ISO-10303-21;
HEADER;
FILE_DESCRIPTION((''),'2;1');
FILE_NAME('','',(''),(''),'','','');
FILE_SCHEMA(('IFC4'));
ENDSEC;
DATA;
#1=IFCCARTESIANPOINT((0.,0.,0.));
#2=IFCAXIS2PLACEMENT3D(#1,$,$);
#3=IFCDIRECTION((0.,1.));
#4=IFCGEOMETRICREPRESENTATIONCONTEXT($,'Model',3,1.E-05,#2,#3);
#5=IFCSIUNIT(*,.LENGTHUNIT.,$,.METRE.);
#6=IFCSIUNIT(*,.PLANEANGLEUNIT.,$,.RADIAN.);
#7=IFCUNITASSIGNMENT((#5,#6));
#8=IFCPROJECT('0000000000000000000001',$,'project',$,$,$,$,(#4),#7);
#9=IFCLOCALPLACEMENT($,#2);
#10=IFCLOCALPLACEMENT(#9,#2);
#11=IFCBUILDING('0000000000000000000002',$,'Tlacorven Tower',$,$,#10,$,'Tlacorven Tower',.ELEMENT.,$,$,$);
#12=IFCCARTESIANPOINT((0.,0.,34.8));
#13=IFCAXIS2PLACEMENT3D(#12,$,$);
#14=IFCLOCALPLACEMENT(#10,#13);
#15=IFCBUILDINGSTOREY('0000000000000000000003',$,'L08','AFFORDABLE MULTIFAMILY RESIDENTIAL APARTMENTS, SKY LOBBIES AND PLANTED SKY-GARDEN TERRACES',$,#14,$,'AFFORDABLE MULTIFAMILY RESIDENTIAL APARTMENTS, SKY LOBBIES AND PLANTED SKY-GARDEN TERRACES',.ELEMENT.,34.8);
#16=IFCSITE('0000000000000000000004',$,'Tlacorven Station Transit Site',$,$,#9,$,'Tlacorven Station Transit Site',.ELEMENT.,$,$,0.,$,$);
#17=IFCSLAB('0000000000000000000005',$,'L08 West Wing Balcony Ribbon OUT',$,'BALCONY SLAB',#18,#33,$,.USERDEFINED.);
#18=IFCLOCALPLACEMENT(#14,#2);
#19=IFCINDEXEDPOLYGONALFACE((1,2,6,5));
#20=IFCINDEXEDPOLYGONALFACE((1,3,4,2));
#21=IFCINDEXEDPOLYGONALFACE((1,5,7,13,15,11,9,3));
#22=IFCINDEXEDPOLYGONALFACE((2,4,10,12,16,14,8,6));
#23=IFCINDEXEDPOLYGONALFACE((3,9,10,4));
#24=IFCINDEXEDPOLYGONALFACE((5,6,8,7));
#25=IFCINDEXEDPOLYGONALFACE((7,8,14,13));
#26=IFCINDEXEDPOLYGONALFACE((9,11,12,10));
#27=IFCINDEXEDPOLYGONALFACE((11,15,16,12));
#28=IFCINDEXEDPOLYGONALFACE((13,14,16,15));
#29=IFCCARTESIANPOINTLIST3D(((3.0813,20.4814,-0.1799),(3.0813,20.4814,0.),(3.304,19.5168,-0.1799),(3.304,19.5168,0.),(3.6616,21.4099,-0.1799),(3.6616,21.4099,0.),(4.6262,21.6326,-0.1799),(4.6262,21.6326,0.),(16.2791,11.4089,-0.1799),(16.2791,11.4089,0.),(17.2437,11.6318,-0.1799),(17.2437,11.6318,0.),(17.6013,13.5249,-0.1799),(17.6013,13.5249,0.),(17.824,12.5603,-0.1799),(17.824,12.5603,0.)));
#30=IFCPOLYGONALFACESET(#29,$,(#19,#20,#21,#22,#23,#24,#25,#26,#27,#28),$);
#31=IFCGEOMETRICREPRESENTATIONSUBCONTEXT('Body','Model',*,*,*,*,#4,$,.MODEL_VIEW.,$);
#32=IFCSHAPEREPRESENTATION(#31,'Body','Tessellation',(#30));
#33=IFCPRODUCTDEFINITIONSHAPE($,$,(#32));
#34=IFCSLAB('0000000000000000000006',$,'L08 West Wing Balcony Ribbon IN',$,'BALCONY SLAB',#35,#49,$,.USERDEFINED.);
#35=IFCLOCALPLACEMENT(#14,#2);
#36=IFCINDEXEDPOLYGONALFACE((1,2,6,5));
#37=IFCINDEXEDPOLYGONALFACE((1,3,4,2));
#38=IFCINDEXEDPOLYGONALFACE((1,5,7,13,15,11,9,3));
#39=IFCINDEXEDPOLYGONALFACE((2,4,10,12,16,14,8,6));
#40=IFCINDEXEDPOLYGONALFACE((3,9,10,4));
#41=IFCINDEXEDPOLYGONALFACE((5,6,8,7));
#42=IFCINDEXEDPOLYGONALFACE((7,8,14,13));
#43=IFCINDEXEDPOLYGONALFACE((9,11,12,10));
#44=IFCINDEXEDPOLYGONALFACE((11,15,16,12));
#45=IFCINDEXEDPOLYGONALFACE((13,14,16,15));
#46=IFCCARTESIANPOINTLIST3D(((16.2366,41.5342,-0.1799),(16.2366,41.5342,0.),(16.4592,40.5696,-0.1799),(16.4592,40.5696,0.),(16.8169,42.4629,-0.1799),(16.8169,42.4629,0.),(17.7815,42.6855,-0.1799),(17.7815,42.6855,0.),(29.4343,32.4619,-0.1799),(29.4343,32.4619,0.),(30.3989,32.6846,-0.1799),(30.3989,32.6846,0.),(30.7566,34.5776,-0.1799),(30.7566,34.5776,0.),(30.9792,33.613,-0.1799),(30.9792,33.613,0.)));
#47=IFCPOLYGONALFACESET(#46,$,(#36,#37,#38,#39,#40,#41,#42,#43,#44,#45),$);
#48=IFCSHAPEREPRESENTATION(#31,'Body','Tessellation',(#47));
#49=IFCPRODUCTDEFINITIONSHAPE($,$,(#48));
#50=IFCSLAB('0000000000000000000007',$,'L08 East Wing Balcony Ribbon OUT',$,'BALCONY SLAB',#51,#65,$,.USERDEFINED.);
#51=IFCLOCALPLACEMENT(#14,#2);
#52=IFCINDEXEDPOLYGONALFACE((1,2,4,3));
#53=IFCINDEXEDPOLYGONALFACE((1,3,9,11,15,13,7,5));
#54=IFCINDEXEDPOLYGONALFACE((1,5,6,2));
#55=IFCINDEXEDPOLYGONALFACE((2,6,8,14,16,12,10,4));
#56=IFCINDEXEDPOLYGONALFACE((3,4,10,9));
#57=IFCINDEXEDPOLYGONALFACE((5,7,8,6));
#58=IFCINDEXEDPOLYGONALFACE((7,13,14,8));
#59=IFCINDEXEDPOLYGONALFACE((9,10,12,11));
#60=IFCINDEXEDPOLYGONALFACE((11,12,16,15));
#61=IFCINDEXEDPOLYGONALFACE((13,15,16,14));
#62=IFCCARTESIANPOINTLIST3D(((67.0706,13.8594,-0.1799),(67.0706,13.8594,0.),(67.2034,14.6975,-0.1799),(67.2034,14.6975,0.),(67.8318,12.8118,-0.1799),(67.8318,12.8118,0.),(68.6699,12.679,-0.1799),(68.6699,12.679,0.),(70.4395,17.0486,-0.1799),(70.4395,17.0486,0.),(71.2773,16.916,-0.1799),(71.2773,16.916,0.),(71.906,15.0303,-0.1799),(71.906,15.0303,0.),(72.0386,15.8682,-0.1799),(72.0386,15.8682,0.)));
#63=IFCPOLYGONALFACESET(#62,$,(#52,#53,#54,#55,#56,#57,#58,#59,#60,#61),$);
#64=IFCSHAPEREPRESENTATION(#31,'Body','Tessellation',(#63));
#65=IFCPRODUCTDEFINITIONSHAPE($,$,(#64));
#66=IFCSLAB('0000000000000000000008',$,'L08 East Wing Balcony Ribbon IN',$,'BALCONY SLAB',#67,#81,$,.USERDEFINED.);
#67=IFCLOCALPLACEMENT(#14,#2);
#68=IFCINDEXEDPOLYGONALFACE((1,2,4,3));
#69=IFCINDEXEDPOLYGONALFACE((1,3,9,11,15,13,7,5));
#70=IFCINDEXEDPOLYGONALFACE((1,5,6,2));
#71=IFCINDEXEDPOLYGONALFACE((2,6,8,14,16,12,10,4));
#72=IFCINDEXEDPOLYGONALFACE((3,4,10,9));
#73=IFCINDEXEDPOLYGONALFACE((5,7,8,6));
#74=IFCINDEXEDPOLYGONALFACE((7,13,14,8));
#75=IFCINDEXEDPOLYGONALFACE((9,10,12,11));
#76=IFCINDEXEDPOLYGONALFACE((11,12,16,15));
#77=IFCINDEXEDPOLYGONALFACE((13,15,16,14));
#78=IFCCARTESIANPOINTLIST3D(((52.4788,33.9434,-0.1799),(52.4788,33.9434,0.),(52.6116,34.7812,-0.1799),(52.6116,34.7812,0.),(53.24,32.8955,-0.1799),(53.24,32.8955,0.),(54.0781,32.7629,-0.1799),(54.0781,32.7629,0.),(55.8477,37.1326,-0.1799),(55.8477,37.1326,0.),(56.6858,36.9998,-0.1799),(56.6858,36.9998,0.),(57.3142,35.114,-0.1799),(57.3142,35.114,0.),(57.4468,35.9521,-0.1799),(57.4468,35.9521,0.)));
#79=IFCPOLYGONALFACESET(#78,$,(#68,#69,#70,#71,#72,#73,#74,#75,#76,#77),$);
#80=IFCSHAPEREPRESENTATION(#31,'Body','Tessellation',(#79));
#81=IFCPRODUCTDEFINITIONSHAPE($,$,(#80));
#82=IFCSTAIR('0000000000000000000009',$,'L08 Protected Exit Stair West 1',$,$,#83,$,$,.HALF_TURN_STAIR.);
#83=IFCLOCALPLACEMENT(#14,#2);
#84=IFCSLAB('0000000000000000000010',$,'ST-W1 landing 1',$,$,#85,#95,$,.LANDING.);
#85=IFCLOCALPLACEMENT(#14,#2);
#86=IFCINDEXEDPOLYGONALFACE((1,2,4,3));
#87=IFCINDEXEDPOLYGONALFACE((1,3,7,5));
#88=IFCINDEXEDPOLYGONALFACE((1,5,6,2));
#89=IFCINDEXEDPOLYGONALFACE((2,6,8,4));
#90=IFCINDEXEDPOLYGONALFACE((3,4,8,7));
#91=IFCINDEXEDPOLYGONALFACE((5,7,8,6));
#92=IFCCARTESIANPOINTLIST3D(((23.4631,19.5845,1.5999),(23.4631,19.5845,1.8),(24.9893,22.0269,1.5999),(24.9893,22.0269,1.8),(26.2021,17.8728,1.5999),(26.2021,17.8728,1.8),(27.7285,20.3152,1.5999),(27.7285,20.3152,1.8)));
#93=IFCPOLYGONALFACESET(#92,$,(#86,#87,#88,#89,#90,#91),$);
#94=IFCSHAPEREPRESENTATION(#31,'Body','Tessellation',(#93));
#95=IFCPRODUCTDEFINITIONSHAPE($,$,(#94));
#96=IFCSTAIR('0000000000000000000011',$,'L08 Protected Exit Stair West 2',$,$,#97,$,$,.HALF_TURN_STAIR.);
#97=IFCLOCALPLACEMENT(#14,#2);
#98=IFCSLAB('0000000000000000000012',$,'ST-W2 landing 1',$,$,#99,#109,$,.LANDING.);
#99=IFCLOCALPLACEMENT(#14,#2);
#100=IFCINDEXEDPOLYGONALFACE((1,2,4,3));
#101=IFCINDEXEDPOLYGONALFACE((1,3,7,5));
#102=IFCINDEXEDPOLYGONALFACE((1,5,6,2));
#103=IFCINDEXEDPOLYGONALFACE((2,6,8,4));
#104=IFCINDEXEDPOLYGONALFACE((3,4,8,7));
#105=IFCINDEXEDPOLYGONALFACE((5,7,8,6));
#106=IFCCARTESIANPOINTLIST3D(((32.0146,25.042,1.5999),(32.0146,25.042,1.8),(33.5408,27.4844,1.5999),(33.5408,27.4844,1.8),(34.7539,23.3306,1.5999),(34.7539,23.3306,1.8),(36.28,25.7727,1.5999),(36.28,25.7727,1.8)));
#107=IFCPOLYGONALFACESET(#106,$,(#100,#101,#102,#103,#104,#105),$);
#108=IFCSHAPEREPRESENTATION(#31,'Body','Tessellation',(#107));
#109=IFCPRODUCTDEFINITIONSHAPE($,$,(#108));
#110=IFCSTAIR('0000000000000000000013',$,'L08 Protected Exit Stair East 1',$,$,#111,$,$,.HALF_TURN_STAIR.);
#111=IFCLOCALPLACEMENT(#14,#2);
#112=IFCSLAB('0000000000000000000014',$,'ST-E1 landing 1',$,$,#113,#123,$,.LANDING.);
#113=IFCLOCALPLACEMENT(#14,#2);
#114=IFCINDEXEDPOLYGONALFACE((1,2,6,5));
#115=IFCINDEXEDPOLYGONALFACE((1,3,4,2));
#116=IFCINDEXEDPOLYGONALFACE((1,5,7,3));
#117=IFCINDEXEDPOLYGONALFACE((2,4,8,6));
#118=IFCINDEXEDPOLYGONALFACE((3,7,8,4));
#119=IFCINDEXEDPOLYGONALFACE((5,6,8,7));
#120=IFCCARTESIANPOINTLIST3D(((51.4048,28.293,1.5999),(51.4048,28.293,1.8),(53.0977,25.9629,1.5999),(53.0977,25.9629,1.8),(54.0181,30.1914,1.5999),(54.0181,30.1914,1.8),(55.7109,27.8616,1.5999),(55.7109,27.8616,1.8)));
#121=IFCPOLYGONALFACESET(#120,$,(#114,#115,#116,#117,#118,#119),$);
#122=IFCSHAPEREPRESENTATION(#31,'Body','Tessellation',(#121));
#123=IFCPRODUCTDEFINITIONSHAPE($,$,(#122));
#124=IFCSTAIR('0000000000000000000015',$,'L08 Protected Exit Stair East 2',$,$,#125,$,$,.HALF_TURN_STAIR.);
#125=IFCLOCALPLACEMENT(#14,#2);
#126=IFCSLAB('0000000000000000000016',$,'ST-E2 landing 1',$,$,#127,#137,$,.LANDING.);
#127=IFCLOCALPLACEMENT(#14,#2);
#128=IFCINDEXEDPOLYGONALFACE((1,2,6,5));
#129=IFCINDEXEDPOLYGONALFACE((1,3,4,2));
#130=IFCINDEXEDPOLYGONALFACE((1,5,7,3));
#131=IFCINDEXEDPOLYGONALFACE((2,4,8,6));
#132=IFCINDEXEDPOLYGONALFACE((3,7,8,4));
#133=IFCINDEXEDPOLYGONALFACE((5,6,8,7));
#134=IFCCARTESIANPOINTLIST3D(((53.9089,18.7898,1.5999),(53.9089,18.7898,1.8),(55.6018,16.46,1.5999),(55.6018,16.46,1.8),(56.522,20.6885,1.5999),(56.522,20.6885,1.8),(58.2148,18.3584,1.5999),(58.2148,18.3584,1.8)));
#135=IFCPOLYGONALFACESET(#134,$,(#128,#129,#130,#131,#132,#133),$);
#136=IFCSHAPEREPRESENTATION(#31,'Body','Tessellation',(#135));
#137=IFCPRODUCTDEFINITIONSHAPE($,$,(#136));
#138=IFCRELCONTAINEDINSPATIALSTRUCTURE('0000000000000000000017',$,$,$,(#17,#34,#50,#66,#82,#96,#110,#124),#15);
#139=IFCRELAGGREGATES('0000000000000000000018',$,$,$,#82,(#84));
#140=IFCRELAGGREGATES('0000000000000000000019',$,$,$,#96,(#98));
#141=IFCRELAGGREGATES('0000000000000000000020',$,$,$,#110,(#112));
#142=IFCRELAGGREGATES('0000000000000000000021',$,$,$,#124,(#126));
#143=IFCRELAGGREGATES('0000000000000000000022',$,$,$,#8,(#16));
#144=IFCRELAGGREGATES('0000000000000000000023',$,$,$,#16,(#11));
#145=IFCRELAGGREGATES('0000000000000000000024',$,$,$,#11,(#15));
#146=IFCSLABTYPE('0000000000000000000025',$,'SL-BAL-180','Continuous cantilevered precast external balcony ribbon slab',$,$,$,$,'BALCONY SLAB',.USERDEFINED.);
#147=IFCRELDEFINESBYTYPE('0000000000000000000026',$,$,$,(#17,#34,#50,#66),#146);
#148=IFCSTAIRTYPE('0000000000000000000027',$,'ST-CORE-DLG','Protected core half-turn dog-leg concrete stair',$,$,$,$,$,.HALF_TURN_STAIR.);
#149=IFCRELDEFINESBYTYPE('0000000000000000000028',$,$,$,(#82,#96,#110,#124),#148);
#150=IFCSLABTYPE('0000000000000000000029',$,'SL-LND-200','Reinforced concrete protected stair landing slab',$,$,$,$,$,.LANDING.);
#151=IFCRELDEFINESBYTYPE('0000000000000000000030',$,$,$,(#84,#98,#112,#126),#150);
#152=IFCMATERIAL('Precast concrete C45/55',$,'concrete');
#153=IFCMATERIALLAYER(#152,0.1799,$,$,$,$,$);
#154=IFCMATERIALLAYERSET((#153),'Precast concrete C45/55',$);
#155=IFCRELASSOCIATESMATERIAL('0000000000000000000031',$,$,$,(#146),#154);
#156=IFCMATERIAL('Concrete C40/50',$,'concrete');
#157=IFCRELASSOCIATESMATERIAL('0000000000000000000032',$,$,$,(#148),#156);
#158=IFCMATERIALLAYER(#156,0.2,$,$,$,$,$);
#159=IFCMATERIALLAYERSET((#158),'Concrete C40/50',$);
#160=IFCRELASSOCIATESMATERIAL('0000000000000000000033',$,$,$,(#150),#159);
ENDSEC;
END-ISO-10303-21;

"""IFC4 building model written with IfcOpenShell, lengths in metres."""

from ifc_helpers import new_model, si_unit, direction, frame, origin, place, context, subcontext, project, spatial, polyline, outline, extrude, material, layer, layer_set, type_object, element, aggregate, save


model = new_model("IFC4")

# Units and contexts
model_context = context("Model", 3, precision=1e-05, world=origin(), true_north=direction((0.0, 1.0)))
body_context = subcontext(model_context, "Body", "Model", "MODEL_VIEW")
ifc_project = project(units=[si_unit("LENGTHUNIT", "METRE"), si_unit("PLANEANGLEUNIT", "RADIAN")], contexts=[model_context])

# Site, building, storey
site_placement = place(None, origin())
site = spatial("IfcSite", under=ifc_project, at=site_placement, Name="Tlacorven Station Transit Site", LongName="Tlacorven Station Transit Site", CompositionType="ELEMENT", RefElevation=0.0)
building_placement = place(site_placement, origin())
building = spatial("IfcBuilding", under=site, at=building_placement, Name="Tlacorven Tower", LongName="Tlacorven Tower", CompositionType="ELEMENT")
storey_placement = place(building_placement, frame((0.0, 0.0, 34.8)))
storey = spatial("IfcBuildingStorey", under=building, at=storey_placement, Name="L08", Description="AFFORDABLE MULTIFAMILY RESIDENTIAL APARTMENTS, SKY LOBBIES AND PLANTED SKY-GARDEN TERRACES", LongName="AFFORDABLE MULTIFAMILY RESIDENTIAL APARTMENTS, SKY LOBBIES AND PLANTED SKY-GARDEN TERRACES", CompositionType="ELEMENT", Elevation=34.8)

# Slabs
ifc_material_1 = material(Name="Precast concrete C45/55", Category="concrete")
ifc_layer_1 = layer(ifc_material_1, 0.1799)
ifc_layer_set_1 = layer_set([ifc_layer_1], Name="Precast concrete C45/55")
slab_type_1 = type_object("IfcSlabType", Name="SL-BAL-180", Description="Continuous cantilevered precast external balcony ribbon slab", ElementType="BALCONY SLAB", PredefinedType="USERDEFINED", material=ifc_layer_set_1)
slab_1_placement = place(storey_placement, frame((0.0, 0.0, -0.1799)))
element("IfcSlab", 1, at=slab_1_placement, inside=storey, type_object=slab_type_1, Name="L08 West Wing Balcony Ribbon OUT", ObjectType="BALCONY SLAB", PredefinedType="USERDEFINED", context=body_context, shape_type="SweptSolid", body=[
    extrude(outline(polyline([(17.6013, 13.5249), (4.6262, 21.6326), (3.6616, 21.4099), (3.0813, 20.4814), (3.304, 19.5168), (16.2791, 11.4089), (17.2437, 11.6318), (17.824, 12.5603), (17.6013, 13.5249)])), origin(), (0.0, 0.0, 1.0), 0.1799),
])
slab_2_placement = place(storey_placement, frame((0.0, 0.0, -0.1799)))
element("IfcSlab", 2, at=slab_2_placement, inside=storey, type_object=slab_type_1, Name="L08 West Wing Balcony Ribbon IN", ObjectType="BALCONY SLAB", PredefinedType="USERDEFINED", context=body_context, shape_type="SweptSolid", body=[
    extrude(outline(polyline([(30.7566, 34.5776), (17.7815, 42.6855), (16.8169, 42.4629), (16.2366, 41.5342), (16.4592, 40.5696), (29.4343, 32.4619), (30.3989, 32.6846), (30.9792, 33.613), (30.7566, 34.5776)])), origin(), (0.0, 0.0, 1.0), 0.1799),
])
slab_3_placement = place(storey_placement, frame((0.0, 0.0, -0.1799)))
element("IfcSlab", 3, at=slab_3_placement, inside=storey, type_object=slab_type_1, Name="L08 East Wing Balcony Ribbon OUT", ObjectType="BALCONY SLAB", PredefinedType="USERDEFINED", context=body_context, shape_type="SweptSolid", body=[
    extrude(outline(polyline([(68.6699, 12.679), (71.906, 15.0303), (72.0386, 15.8682), (71.2773, 16.916), (70.4395, 17.0486), (67.2034, 14.6975), (67.0706, 13.8594), (67.8318, 12.8118), (68.6699, 12.679)])), origin(), (0.0, 0.0, 1.0), 0.1799),
])
slab_4_placement = place(storey_placement, frame((0.0, 0.0, -0.1799)))
element("IfcSlab", 4, at=slab_4_placement, inside=storey, type_object=slab_type_1, Name="L08 East Wing Balcony Ribbon IN", ObjectType="BALCONY SLAB", PredefinedType="USERDEFINED", context=body_context, shape_type="SweptSolid", body=[
    extrude(outline(polyline([(54.0781, 32.7629), (57.3142, 35.114), (57.4468, 35.9521), (56.6858, 36.9998), (55.8477, 37.1326), (52.6116, 34.7812), (52.4788, 33.9434), (53.24, 32.8955), (54.0781, 32.7629)])), origin(), (0.0, 0.0, 1.0), 0.1799),
])

# Stairs, slabs
ifc_material_2 = material(Name="Concrete C40/50", Category="concrete")
stair_type = type_object("IfcStairType", Name="ST-CORE-DLG", Description="Protected core half-turn dog-leg concrete stair", PredefinedType="HALF_TURN_STAIR", material=ifc_material_2)
stair_1_placement = place(storey_placement, origin())
stair_1 = element("IfcStair", 5, at=stair_1_placement, inside=storey, type_object=stair_type, Name="L08 Protected Exit Stair West 1", PredefinedType="HALF_TURN_STAIR")
ifc_layer_2 = layer(ifc_material_2, 0.2)
ifc_layer_set_2 = layer_set([ifc_layer_2], Name="Concrete C40/50")
slab_type_2 = type_object("IfcSlabType", Name="SL-LND-200", Description="Reinforced concrete protected stair landing slab", PredefinedType="LANDING", material=ifc_layer_set_2)
slab_5_placement = place(storey_placement, frame((0.0, 0.0, 1.5999)))
slab_5 = element("IfcSlab", 6, at=slab_5_placement, type_object=slab_type_2, Name="ST-W1 landing 1", PredefinedType="LANDING", context=body_context, shape_type="SweptSolid", body=[
    extrude(outline(polyline([(27.7285, 20.3152), (24.9893, 22.0269), (23.4631, 19.5845), (26.2021, 17.8728), (27.7285, 20.3152)])), origin(), (0.0, 0.0, 1.0), 0.2002),
])
aggregate(stair_1, [slab_5])
stair_2_placement = place(storey_placement, origin())
stair_2 = element("IfcStair", 7, at=stair_2_placement, inside=storey, type_object=stair_type, Name="L08 Protected Exit Stair West 2", PredefinedType="HALF_TURN_STAIR")
slab_6_placement = place(storey_placement, frame((0.0, 0.0, 1.5999)))
slab_6 = element("IfcSlab", 8, at=slab_6_placement, type_object=slab_type_2, Name="ST-W2 landing 1", PredefinedType="LANDING", context=body_context, shape_type="SweptSolid", body=[
    extrude(outline(polyline([(36.28, 25.7727), (33.5408, 27.4844), (32.0146, 25.042), (34.7539, 23.3306), (36.28, 25.7727)])), origin(), (0.0, 0.0, 1.0), 0.2002),
])
aggregate(stair_2, [slab_6])
stair_3_placement = place(storey_placement, origin())
stair_3 = element("IfcStair", 9, at=stair_3_placement, inside=storey, type_object=stair_type, Name="L08 Protected Exit Stair East 1", PredefinedType="HALF_TURN_STAIR")
slab_7_placement = place(storey_placement, frame((0.0, 0.0, 1.5999)))
slab_7 = element("IfcSlab", 10, at=slab_7_placement, type_object=slab_type_2, Name="ST-E1 landing 1", PredefinedType="LANDING", context=body_context, shape_type="SweptSolid", body=[
    extrude(outline(polyline([(53.0977, 25.9629), (55.7109, 27.8616), (54.0181, 30.1914), (51.4048, 28.293), (53.0977, 25.9629)])), origin(), (0.0, 0.0, 1.0), 0.2002),
])
aggregate(stair_3, [slab_7])
stair_4_placement = place(storey_placement, origin())
stair_4 = element("IfcStair", 11, at=stair_4_placement, inside=storey, type_object=stair_type, Name="L08 Protected Exit Stair East 2", PredefinedType="HALF_TURN_STAIR")
slab_8_placement = place(storey_placement, frame((0.0, 0.0, 1.5999)))
slab_8 = element("IfcSlab", 12, at=slab_8_placement, type_object=slab_type_2, Name="ST-E2 landing 1", PredefinedType="LANDING", context=body_context, shape_type="SweptSolid", body=[
    extrude(outline(polyline([(55.6018, 16.46), (58.2148, 18.3584), (56.522, 20.6885), (53.9089, 18.7898), (55.6018, 16.46)])), origin(), (0.0, 0.0, 1.0), 0.2002),
])
aggregate(stair_4, [slab_8])

save(model, "model.ifc")
